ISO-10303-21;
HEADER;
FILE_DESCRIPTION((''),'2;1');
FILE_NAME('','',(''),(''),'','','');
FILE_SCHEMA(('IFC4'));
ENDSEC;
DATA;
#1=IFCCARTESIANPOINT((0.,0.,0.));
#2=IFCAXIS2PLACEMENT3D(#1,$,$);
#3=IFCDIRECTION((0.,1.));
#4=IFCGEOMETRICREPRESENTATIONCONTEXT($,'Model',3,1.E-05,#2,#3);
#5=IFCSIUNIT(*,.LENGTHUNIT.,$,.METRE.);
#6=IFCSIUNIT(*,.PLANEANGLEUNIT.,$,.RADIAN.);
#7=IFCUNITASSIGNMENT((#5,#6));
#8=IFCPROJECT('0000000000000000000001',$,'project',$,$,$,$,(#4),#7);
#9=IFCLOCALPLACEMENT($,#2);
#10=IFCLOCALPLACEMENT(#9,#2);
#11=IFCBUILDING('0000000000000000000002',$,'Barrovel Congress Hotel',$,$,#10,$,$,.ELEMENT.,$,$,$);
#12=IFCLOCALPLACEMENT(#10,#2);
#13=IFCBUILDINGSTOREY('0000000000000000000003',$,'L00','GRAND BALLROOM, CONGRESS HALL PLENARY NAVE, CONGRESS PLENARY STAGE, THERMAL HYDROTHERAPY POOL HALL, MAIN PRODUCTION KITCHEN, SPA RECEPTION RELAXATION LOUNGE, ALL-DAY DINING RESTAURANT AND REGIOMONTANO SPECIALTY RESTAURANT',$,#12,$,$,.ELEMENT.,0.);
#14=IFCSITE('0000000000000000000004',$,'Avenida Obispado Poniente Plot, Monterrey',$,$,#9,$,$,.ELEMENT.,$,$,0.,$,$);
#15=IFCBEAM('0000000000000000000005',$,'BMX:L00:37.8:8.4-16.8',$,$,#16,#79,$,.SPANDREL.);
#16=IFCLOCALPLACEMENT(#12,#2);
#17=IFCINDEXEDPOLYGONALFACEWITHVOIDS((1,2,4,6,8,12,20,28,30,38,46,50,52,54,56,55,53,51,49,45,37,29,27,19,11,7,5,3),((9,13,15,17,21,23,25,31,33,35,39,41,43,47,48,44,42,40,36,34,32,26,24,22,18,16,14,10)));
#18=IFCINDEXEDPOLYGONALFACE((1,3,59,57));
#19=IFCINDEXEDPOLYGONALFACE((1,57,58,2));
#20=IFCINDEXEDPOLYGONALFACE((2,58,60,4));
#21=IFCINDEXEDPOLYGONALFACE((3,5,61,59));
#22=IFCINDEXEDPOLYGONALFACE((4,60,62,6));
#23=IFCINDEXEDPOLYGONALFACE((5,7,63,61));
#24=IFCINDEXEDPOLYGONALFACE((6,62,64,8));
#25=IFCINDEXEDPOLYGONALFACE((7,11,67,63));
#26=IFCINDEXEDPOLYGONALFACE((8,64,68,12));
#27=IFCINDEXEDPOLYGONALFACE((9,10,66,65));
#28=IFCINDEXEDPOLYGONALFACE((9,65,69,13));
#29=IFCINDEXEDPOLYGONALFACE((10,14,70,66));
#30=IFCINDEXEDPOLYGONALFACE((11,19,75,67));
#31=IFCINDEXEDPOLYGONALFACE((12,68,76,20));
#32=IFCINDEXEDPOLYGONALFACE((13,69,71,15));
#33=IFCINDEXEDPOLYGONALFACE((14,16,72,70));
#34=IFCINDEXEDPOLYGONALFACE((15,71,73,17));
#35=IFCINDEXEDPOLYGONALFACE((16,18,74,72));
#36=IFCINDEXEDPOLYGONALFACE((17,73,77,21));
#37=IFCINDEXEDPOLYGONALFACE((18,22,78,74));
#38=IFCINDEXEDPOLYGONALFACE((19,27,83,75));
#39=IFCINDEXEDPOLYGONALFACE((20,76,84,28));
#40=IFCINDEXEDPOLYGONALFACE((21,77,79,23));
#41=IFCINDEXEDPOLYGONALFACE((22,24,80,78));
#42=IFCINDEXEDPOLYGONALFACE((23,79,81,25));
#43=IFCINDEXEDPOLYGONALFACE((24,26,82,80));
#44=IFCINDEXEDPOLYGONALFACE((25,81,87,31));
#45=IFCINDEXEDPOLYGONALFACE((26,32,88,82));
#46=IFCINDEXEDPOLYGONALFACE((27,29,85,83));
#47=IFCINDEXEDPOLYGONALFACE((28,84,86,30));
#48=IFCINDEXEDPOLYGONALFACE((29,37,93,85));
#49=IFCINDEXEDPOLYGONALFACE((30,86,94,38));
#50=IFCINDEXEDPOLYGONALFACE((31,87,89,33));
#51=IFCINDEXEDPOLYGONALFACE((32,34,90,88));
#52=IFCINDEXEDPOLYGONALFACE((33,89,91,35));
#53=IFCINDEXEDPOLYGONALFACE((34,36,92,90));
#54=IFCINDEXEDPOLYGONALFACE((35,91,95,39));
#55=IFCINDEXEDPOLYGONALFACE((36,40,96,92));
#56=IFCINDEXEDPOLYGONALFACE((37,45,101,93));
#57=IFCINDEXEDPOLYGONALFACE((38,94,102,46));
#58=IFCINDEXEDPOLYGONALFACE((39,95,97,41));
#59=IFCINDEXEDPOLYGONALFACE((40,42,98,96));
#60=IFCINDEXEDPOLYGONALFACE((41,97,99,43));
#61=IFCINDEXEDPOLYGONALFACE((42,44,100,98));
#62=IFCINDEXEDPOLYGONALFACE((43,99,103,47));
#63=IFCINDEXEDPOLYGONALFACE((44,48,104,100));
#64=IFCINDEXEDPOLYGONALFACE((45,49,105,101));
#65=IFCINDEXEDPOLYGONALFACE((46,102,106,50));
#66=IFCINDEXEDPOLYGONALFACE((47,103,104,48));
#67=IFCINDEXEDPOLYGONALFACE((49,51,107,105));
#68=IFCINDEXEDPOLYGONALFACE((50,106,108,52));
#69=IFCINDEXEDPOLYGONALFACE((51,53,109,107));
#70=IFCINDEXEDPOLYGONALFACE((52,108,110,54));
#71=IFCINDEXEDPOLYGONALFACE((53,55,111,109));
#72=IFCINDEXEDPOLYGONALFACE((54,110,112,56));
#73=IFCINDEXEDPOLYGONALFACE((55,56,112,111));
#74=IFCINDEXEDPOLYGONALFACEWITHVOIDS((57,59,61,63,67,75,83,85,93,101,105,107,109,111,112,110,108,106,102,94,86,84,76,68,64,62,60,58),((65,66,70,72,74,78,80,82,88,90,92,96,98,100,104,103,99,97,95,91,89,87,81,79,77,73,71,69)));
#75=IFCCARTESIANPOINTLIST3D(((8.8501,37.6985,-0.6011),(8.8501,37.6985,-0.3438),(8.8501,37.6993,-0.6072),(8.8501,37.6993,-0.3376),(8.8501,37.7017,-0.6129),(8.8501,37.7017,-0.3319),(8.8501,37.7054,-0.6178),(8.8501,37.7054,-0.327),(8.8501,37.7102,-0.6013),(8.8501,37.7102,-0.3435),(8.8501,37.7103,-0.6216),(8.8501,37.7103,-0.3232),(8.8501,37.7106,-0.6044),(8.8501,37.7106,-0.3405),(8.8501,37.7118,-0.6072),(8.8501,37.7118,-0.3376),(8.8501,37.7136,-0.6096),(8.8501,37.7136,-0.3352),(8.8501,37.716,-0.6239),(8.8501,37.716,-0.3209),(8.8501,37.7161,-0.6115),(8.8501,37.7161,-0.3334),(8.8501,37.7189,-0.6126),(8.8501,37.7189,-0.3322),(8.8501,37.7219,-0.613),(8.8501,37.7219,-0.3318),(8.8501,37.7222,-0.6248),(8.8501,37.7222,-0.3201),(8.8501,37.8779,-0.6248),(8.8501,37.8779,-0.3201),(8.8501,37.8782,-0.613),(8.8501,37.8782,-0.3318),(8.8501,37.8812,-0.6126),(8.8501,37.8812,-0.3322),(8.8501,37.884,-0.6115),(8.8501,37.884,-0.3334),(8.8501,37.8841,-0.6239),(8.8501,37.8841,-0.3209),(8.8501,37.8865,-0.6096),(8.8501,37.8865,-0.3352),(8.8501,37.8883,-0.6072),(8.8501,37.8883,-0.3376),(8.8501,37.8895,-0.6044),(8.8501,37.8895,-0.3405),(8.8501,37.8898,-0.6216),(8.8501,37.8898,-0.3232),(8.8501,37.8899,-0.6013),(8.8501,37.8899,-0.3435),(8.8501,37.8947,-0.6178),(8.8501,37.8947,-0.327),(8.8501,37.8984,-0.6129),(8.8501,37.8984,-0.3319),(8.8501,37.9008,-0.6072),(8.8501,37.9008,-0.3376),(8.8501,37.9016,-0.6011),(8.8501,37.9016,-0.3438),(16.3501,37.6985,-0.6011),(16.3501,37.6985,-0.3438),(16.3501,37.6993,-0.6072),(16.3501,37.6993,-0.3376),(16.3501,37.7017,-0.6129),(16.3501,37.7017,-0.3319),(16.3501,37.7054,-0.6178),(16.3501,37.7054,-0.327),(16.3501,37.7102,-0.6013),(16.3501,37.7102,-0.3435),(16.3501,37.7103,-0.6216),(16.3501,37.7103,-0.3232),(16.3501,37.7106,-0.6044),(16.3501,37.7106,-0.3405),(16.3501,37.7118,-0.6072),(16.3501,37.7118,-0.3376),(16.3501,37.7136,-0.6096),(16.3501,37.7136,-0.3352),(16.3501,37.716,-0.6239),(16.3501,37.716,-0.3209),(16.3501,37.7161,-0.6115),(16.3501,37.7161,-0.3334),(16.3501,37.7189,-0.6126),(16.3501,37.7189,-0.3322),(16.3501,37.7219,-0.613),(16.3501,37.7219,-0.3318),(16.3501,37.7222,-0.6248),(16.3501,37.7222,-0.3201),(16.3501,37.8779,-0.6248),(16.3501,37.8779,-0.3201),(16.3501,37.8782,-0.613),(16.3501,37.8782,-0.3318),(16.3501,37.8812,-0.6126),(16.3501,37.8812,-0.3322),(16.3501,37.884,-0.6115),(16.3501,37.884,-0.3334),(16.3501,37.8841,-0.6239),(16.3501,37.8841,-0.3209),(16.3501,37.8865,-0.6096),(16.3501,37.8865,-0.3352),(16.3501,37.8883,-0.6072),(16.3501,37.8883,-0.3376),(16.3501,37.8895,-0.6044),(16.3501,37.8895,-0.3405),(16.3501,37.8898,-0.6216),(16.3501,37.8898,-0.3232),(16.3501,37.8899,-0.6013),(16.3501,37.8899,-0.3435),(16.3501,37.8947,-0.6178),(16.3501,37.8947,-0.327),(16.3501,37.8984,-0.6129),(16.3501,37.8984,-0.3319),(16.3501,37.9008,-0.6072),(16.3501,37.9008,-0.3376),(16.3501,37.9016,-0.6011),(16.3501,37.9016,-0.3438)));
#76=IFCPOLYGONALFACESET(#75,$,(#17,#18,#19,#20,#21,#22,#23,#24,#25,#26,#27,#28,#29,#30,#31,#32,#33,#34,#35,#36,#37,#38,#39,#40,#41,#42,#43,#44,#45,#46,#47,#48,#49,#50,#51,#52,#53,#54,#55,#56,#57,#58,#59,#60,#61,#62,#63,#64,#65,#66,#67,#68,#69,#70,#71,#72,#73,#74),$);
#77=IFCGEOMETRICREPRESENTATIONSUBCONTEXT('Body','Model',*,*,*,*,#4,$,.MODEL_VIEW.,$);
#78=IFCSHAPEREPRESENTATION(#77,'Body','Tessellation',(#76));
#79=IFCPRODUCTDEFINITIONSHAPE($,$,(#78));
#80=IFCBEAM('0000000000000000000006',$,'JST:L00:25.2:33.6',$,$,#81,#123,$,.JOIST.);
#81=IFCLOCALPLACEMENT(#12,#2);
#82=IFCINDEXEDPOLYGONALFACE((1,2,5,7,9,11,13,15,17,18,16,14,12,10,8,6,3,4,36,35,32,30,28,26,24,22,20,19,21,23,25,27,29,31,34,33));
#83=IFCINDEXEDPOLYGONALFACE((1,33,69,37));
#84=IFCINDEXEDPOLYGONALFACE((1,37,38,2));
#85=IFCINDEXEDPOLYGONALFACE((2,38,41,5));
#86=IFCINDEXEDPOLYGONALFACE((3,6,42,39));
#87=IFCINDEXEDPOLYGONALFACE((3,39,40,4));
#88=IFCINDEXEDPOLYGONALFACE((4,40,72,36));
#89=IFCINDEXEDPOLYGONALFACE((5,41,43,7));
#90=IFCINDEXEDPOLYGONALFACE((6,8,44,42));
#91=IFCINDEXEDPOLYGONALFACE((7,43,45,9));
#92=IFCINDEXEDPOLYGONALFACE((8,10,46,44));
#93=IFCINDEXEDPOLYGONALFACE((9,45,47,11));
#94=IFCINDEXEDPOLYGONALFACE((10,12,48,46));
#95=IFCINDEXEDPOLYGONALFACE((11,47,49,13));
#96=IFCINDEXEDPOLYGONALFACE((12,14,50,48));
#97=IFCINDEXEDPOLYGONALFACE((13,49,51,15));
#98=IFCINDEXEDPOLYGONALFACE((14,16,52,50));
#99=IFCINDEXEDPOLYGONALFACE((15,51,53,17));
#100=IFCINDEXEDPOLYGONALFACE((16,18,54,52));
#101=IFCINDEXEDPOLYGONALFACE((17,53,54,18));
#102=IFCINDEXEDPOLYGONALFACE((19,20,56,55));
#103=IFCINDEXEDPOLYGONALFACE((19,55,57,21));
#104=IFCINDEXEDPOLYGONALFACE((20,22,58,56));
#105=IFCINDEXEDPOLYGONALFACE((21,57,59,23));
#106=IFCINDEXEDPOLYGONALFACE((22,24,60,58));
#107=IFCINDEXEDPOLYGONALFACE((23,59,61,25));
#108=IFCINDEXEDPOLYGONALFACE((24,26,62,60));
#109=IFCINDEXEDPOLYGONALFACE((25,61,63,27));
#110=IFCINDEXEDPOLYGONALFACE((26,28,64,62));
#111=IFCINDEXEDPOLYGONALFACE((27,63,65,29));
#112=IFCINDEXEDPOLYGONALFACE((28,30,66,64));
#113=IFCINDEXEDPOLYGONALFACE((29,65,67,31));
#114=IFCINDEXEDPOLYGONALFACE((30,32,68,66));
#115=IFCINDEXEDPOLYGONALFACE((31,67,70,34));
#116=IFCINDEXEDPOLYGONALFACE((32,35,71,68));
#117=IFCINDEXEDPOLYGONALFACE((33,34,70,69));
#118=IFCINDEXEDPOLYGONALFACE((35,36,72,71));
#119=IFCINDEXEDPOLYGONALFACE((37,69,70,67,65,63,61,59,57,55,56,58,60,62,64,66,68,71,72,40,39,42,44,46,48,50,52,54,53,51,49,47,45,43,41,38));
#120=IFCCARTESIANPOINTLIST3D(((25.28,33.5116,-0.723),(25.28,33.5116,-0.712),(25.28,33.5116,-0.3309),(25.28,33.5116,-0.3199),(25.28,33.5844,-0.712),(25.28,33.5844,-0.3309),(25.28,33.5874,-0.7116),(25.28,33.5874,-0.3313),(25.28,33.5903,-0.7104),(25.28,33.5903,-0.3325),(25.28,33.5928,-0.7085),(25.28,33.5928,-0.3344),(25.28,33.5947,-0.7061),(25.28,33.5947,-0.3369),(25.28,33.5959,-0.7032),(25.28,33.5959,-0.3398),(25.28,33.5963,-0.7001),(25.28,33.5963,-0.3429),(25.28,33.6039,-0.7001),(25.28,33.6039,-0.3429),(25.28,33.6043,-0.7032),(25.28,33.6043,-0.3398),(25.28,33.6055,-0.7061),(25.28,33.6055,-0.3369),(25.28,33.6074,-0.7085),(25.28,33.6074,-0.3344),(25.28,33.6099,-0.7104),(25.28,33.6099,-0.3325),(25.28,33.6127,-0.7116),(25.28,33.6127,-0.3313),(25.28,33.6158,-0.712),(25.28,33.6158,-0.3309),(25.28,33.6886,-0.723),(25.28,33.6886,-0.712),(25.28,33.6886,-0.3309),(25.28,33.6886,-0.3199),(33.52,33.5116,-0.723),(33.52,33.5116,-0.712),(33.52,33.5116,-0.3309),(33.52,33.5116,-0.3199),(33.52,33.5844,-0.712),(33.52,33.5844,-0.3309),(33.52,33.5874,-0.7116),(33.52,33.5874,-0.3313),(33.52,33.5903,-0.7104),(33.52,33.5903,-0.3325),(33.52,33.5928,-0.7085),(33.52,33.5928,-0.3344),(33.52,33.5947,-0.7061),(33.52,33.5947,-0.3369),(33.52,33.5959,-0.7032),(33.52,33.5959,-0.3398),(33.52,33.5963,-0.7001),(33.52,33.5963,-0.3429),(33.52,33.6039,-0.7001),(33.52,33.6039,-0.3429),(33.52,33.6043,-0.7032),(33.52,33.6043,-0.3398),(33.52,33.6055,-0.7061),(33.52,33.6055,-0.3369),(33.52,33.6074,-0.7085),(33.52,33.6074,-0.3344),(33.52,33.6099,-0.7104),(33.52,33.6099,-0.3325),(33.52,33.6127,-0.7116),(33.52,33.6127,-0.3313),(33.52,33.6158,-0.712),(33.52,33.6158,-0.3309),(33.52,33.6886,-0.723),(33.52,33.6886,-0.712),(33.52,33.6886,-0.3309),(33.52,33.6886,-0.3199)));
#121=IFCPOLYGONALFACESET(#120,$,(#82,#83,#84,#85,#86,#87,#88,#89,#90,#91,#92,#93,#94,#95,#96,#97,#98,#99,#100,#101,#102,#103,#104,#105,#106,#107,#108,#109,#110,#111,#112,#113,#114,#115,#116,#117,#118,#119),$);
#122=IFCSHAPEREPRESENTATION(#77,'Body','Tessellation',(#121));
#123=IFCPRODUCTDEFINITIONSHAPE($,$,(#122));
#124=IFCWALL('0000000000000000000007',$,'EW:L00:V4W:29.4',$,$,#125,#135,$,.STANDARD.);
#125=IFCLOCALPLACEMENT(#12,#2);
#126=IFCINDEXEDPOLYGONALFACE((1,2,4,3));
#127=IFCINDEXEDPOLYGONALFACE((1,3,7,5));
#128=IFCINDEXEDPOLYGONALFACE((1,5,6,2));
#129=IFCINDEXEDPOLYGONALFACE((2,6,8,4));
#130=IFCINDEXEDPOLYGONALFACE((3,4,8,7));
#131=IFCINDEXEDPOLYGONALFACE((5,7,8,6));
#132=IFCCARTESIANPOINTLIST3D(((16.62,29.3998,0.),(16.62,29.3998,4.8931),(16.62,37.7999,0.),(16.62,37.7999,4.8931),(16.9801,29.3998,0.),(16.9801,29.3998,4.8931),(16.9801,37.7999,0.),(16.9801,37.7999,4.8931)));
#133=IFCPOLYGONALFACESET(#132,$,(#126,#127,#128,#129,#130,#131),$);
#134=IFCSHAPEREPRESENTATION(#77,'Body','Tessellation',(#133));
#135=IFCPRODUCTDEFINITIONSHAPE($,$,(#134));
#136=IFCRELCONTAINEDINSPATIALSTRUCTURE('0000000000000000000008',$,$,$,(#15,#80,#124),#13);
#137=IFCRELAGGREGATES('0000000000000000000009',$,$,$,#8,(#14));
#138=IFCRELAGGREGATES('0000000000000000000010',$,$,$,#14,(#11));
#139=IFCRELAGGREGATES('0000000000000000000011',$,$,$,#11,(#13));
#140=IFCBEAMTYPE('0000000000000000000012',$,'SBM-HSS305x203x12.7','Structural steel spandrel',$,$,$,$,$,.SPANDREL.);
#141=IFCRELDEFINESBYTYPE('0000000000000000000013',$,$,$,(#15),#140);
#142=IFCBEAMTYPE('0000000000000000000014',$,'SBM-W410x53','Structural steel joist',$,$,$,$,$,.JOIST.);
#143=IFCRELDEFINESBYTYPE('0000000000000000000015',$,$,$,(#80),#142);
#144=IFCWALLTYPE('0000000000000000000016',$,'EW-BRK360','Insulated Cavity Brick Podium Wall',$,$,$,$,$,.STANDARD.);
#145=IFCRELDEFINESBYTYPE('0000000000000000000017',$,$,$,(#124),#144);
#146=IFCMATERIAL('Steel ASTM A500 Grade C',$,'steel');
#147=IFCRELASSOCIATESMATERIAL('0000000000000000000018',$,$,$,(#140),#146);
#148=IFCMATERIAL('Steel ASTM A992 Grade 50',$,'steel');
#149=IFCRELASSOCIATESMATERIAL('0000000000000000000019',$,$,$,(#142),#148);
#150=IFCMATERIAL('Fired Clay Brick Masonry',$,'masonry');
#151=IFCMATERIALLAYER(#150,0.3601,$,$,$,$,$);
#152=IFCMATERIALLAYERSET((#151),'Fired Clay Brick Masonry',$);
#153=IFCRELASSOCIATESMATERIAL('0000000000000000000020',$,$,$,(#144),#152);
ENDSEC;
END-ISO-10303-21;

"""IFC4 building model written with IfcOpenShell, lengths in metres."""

from ifc_helpers import new_model, si_unit, direction, frame, frame_2d, origin, origin_2d, place, context, subcontext, project, spatial, rectangle, hollow_rectangle, i_section, extrude, material, layer, layer_set, material_profile, profile_set, type_object, element, save


model = new_model("IFC4")

# Units and contexts
model_context = context("Model", 3, precision=1e-05, world=origin(), true_north=direction((0.0, 1.0)))
body_context = subcontext(model_context, "Body", "Model", "MODEL_VIEW")
ifc_project = project(units=[si_unit("LENGTHUNIT", "METRE"), si_unit("PLANEANGLEUNIT", "RADIAN")], contexts=[model_context])

# Site, building, storey
site_placement = place(None, origin())
site = spatial("IfcSite", under=ifc_project, at=site_placement, Name="Avenida Obispado Poniente Plot, Monterrey", CompositionType="ELEMENT", RefElevation=0.0)
building_placement = place(site_placement, origin())
building = spatial("IfcBuilding", under=site, at=building_placement, Name="Barrovel Congress Hotel", CompositionType="ELEMENT")
storey_placement = place(building_placement, origin())
storey = spatial("IfcBuildingStorey", under=building, at=storey_placement, Name="L00", Description="GRAND BALLROOM, CONGRESS HALL PLENARY NAVE, CONGRESS PLENARY STAGE, THERMAL HYDROTHERAPY POOL HALL, MAIN PRODUCTION KITCHEN, SPA RECEPTION RELAXATION LOUNGE, ALL-DAY DINING RESTAURANT AND REGIOMONTANO SPECIALTY RESTAURANT", CompositionType="ELEMENT", Elevation=0.0)

# Beams
ifc_material_1 = material(Name="Steel ASTM A500 Grade C", Category="steel")
ifc_material_profile_1 = material_profile(ifc_material_1, hollow_rectangle(XDim=0.2031, YDim=0.3047, WallThickness=0.0117, InnerFilletRadius=0.0117, OuterFilletRadius=0.0237, at=origin_2d()), Name="HSS305x203x12.7")
ifc_profile_set_1 = profile_set([ifc_material_profile_1], Name="Steel ASTM A500 Grade C")
beam_type_1 = type_object("IfcBeamType", Name="SBM-HSS305x203x12.7", Description="Structural steel spandrel", PredefinedType="SPANDREL", material=ifc_profile_set_1)
beam_1_placement = place(storey_placement, frame((8.8501, 37.8, -0.4724), z_axis=(1.0, 0.0, 0.0), x_axis=(0.0, 1.0, 0.0)))
element("IfcBeam", 1, at=beam_1_placement, inside=storey, type_object=beam_type_1, Name="BMX:L00:37.8:8.4-16.8", PredefinedType="SPANDREL", context=body_context, shape_type="SweptSolid", body=[
    extrude(hollow_rectangle(XDim=0.2031, YDim=0.3047, WallThickness=0.0117, InnerFilletRadius=0.0117, OuterFilletRadius=0.0237, at=origin_2d()), origin(), (0.0, 0.0, 1.0), 7.5),
])
ifc_material_2 = material(Name="Steel ASTM A992 Grade 50", Category="steel")
ifc_material_profile_2 = material_profile(ifc_material_2, i_section(OverallWidth=0.177, OverallDepth=0.4031, WebThickness=0.0076, FlangeThickness=0.011, FilletRadius=0.012, at=origin_2d()), Name="W410x53")
ifc_profile_set_2 = profile_set([ifc_material_profile_2], Name="Steel ASTM A992 Grade 50")
beam_type_2 = type_object("IfcBeamType", Name="SBM-W410x53", Description="Structural steel joist", PredefinedType="JOIST", material=ifc_profile_set_2)
beam_2_placement = place(storey_placement, frame((25.28, 33.6001, -0.5215), z_axis=(1.0, 0.0, 0.0), x_axis=(0.0, 1.0, 0.0)))
element("IfcBeam", 2, at=beam_2_placement, inside=storey, type_object=beam_type_2, Name="JST:L00:25.2:33.6", PredefinedType="JOIST", context=body_context, shape_type="SweptSolid", body=[
    extrude(i_section(OverallWidth=0.177, OverallDepth=0.4031, WebThickness=0.0076, FlangeThickness=0.011, FilletRadius=0.012, at=origin_2d()), origin(), (0.0, 0.0, 1.0), 8.24),
])

# Wall
ifc_material_3 = material(Name="Fired Clay Brick Masonry", Category="masonry")
ifc_layer_1 = layer(ifc_material_3, 0.3601)
ifc_layer_set_1 = layer_set([ifc_layer_1], Name="Fired Clay Brick Masonry")
wall_type_1 = type_object("IfcWallType", Name="EW-BRK360", Description="Insulated Cavity Brick Podium Wall", PredefinedType="STANDARD", material=ifc_layer_set_1)
wall_1_placement = place(storey_placement, frame((16.8, 37.8, 0.0), z_axis=(0.0, 0.0, 1.0), x_axis=(0.0, -1.0, 0.0)))
element("IfcWall", 3, at=wall_1_placement, inside=storey, type_object=wall_type_1, Name="EW:L00:V4W:29.4", PredefinedType="STANDARD", context=body_context, shape_type="SweptSolid", body=[
    extrude(rectangle(XDim=8.4001, YDim=0.3601, at=frame_2d((4.2002, 0.0))), origin(), (0.0, 0.0, 1.0), 4.8931),
])

save(model, "model.ifc")
